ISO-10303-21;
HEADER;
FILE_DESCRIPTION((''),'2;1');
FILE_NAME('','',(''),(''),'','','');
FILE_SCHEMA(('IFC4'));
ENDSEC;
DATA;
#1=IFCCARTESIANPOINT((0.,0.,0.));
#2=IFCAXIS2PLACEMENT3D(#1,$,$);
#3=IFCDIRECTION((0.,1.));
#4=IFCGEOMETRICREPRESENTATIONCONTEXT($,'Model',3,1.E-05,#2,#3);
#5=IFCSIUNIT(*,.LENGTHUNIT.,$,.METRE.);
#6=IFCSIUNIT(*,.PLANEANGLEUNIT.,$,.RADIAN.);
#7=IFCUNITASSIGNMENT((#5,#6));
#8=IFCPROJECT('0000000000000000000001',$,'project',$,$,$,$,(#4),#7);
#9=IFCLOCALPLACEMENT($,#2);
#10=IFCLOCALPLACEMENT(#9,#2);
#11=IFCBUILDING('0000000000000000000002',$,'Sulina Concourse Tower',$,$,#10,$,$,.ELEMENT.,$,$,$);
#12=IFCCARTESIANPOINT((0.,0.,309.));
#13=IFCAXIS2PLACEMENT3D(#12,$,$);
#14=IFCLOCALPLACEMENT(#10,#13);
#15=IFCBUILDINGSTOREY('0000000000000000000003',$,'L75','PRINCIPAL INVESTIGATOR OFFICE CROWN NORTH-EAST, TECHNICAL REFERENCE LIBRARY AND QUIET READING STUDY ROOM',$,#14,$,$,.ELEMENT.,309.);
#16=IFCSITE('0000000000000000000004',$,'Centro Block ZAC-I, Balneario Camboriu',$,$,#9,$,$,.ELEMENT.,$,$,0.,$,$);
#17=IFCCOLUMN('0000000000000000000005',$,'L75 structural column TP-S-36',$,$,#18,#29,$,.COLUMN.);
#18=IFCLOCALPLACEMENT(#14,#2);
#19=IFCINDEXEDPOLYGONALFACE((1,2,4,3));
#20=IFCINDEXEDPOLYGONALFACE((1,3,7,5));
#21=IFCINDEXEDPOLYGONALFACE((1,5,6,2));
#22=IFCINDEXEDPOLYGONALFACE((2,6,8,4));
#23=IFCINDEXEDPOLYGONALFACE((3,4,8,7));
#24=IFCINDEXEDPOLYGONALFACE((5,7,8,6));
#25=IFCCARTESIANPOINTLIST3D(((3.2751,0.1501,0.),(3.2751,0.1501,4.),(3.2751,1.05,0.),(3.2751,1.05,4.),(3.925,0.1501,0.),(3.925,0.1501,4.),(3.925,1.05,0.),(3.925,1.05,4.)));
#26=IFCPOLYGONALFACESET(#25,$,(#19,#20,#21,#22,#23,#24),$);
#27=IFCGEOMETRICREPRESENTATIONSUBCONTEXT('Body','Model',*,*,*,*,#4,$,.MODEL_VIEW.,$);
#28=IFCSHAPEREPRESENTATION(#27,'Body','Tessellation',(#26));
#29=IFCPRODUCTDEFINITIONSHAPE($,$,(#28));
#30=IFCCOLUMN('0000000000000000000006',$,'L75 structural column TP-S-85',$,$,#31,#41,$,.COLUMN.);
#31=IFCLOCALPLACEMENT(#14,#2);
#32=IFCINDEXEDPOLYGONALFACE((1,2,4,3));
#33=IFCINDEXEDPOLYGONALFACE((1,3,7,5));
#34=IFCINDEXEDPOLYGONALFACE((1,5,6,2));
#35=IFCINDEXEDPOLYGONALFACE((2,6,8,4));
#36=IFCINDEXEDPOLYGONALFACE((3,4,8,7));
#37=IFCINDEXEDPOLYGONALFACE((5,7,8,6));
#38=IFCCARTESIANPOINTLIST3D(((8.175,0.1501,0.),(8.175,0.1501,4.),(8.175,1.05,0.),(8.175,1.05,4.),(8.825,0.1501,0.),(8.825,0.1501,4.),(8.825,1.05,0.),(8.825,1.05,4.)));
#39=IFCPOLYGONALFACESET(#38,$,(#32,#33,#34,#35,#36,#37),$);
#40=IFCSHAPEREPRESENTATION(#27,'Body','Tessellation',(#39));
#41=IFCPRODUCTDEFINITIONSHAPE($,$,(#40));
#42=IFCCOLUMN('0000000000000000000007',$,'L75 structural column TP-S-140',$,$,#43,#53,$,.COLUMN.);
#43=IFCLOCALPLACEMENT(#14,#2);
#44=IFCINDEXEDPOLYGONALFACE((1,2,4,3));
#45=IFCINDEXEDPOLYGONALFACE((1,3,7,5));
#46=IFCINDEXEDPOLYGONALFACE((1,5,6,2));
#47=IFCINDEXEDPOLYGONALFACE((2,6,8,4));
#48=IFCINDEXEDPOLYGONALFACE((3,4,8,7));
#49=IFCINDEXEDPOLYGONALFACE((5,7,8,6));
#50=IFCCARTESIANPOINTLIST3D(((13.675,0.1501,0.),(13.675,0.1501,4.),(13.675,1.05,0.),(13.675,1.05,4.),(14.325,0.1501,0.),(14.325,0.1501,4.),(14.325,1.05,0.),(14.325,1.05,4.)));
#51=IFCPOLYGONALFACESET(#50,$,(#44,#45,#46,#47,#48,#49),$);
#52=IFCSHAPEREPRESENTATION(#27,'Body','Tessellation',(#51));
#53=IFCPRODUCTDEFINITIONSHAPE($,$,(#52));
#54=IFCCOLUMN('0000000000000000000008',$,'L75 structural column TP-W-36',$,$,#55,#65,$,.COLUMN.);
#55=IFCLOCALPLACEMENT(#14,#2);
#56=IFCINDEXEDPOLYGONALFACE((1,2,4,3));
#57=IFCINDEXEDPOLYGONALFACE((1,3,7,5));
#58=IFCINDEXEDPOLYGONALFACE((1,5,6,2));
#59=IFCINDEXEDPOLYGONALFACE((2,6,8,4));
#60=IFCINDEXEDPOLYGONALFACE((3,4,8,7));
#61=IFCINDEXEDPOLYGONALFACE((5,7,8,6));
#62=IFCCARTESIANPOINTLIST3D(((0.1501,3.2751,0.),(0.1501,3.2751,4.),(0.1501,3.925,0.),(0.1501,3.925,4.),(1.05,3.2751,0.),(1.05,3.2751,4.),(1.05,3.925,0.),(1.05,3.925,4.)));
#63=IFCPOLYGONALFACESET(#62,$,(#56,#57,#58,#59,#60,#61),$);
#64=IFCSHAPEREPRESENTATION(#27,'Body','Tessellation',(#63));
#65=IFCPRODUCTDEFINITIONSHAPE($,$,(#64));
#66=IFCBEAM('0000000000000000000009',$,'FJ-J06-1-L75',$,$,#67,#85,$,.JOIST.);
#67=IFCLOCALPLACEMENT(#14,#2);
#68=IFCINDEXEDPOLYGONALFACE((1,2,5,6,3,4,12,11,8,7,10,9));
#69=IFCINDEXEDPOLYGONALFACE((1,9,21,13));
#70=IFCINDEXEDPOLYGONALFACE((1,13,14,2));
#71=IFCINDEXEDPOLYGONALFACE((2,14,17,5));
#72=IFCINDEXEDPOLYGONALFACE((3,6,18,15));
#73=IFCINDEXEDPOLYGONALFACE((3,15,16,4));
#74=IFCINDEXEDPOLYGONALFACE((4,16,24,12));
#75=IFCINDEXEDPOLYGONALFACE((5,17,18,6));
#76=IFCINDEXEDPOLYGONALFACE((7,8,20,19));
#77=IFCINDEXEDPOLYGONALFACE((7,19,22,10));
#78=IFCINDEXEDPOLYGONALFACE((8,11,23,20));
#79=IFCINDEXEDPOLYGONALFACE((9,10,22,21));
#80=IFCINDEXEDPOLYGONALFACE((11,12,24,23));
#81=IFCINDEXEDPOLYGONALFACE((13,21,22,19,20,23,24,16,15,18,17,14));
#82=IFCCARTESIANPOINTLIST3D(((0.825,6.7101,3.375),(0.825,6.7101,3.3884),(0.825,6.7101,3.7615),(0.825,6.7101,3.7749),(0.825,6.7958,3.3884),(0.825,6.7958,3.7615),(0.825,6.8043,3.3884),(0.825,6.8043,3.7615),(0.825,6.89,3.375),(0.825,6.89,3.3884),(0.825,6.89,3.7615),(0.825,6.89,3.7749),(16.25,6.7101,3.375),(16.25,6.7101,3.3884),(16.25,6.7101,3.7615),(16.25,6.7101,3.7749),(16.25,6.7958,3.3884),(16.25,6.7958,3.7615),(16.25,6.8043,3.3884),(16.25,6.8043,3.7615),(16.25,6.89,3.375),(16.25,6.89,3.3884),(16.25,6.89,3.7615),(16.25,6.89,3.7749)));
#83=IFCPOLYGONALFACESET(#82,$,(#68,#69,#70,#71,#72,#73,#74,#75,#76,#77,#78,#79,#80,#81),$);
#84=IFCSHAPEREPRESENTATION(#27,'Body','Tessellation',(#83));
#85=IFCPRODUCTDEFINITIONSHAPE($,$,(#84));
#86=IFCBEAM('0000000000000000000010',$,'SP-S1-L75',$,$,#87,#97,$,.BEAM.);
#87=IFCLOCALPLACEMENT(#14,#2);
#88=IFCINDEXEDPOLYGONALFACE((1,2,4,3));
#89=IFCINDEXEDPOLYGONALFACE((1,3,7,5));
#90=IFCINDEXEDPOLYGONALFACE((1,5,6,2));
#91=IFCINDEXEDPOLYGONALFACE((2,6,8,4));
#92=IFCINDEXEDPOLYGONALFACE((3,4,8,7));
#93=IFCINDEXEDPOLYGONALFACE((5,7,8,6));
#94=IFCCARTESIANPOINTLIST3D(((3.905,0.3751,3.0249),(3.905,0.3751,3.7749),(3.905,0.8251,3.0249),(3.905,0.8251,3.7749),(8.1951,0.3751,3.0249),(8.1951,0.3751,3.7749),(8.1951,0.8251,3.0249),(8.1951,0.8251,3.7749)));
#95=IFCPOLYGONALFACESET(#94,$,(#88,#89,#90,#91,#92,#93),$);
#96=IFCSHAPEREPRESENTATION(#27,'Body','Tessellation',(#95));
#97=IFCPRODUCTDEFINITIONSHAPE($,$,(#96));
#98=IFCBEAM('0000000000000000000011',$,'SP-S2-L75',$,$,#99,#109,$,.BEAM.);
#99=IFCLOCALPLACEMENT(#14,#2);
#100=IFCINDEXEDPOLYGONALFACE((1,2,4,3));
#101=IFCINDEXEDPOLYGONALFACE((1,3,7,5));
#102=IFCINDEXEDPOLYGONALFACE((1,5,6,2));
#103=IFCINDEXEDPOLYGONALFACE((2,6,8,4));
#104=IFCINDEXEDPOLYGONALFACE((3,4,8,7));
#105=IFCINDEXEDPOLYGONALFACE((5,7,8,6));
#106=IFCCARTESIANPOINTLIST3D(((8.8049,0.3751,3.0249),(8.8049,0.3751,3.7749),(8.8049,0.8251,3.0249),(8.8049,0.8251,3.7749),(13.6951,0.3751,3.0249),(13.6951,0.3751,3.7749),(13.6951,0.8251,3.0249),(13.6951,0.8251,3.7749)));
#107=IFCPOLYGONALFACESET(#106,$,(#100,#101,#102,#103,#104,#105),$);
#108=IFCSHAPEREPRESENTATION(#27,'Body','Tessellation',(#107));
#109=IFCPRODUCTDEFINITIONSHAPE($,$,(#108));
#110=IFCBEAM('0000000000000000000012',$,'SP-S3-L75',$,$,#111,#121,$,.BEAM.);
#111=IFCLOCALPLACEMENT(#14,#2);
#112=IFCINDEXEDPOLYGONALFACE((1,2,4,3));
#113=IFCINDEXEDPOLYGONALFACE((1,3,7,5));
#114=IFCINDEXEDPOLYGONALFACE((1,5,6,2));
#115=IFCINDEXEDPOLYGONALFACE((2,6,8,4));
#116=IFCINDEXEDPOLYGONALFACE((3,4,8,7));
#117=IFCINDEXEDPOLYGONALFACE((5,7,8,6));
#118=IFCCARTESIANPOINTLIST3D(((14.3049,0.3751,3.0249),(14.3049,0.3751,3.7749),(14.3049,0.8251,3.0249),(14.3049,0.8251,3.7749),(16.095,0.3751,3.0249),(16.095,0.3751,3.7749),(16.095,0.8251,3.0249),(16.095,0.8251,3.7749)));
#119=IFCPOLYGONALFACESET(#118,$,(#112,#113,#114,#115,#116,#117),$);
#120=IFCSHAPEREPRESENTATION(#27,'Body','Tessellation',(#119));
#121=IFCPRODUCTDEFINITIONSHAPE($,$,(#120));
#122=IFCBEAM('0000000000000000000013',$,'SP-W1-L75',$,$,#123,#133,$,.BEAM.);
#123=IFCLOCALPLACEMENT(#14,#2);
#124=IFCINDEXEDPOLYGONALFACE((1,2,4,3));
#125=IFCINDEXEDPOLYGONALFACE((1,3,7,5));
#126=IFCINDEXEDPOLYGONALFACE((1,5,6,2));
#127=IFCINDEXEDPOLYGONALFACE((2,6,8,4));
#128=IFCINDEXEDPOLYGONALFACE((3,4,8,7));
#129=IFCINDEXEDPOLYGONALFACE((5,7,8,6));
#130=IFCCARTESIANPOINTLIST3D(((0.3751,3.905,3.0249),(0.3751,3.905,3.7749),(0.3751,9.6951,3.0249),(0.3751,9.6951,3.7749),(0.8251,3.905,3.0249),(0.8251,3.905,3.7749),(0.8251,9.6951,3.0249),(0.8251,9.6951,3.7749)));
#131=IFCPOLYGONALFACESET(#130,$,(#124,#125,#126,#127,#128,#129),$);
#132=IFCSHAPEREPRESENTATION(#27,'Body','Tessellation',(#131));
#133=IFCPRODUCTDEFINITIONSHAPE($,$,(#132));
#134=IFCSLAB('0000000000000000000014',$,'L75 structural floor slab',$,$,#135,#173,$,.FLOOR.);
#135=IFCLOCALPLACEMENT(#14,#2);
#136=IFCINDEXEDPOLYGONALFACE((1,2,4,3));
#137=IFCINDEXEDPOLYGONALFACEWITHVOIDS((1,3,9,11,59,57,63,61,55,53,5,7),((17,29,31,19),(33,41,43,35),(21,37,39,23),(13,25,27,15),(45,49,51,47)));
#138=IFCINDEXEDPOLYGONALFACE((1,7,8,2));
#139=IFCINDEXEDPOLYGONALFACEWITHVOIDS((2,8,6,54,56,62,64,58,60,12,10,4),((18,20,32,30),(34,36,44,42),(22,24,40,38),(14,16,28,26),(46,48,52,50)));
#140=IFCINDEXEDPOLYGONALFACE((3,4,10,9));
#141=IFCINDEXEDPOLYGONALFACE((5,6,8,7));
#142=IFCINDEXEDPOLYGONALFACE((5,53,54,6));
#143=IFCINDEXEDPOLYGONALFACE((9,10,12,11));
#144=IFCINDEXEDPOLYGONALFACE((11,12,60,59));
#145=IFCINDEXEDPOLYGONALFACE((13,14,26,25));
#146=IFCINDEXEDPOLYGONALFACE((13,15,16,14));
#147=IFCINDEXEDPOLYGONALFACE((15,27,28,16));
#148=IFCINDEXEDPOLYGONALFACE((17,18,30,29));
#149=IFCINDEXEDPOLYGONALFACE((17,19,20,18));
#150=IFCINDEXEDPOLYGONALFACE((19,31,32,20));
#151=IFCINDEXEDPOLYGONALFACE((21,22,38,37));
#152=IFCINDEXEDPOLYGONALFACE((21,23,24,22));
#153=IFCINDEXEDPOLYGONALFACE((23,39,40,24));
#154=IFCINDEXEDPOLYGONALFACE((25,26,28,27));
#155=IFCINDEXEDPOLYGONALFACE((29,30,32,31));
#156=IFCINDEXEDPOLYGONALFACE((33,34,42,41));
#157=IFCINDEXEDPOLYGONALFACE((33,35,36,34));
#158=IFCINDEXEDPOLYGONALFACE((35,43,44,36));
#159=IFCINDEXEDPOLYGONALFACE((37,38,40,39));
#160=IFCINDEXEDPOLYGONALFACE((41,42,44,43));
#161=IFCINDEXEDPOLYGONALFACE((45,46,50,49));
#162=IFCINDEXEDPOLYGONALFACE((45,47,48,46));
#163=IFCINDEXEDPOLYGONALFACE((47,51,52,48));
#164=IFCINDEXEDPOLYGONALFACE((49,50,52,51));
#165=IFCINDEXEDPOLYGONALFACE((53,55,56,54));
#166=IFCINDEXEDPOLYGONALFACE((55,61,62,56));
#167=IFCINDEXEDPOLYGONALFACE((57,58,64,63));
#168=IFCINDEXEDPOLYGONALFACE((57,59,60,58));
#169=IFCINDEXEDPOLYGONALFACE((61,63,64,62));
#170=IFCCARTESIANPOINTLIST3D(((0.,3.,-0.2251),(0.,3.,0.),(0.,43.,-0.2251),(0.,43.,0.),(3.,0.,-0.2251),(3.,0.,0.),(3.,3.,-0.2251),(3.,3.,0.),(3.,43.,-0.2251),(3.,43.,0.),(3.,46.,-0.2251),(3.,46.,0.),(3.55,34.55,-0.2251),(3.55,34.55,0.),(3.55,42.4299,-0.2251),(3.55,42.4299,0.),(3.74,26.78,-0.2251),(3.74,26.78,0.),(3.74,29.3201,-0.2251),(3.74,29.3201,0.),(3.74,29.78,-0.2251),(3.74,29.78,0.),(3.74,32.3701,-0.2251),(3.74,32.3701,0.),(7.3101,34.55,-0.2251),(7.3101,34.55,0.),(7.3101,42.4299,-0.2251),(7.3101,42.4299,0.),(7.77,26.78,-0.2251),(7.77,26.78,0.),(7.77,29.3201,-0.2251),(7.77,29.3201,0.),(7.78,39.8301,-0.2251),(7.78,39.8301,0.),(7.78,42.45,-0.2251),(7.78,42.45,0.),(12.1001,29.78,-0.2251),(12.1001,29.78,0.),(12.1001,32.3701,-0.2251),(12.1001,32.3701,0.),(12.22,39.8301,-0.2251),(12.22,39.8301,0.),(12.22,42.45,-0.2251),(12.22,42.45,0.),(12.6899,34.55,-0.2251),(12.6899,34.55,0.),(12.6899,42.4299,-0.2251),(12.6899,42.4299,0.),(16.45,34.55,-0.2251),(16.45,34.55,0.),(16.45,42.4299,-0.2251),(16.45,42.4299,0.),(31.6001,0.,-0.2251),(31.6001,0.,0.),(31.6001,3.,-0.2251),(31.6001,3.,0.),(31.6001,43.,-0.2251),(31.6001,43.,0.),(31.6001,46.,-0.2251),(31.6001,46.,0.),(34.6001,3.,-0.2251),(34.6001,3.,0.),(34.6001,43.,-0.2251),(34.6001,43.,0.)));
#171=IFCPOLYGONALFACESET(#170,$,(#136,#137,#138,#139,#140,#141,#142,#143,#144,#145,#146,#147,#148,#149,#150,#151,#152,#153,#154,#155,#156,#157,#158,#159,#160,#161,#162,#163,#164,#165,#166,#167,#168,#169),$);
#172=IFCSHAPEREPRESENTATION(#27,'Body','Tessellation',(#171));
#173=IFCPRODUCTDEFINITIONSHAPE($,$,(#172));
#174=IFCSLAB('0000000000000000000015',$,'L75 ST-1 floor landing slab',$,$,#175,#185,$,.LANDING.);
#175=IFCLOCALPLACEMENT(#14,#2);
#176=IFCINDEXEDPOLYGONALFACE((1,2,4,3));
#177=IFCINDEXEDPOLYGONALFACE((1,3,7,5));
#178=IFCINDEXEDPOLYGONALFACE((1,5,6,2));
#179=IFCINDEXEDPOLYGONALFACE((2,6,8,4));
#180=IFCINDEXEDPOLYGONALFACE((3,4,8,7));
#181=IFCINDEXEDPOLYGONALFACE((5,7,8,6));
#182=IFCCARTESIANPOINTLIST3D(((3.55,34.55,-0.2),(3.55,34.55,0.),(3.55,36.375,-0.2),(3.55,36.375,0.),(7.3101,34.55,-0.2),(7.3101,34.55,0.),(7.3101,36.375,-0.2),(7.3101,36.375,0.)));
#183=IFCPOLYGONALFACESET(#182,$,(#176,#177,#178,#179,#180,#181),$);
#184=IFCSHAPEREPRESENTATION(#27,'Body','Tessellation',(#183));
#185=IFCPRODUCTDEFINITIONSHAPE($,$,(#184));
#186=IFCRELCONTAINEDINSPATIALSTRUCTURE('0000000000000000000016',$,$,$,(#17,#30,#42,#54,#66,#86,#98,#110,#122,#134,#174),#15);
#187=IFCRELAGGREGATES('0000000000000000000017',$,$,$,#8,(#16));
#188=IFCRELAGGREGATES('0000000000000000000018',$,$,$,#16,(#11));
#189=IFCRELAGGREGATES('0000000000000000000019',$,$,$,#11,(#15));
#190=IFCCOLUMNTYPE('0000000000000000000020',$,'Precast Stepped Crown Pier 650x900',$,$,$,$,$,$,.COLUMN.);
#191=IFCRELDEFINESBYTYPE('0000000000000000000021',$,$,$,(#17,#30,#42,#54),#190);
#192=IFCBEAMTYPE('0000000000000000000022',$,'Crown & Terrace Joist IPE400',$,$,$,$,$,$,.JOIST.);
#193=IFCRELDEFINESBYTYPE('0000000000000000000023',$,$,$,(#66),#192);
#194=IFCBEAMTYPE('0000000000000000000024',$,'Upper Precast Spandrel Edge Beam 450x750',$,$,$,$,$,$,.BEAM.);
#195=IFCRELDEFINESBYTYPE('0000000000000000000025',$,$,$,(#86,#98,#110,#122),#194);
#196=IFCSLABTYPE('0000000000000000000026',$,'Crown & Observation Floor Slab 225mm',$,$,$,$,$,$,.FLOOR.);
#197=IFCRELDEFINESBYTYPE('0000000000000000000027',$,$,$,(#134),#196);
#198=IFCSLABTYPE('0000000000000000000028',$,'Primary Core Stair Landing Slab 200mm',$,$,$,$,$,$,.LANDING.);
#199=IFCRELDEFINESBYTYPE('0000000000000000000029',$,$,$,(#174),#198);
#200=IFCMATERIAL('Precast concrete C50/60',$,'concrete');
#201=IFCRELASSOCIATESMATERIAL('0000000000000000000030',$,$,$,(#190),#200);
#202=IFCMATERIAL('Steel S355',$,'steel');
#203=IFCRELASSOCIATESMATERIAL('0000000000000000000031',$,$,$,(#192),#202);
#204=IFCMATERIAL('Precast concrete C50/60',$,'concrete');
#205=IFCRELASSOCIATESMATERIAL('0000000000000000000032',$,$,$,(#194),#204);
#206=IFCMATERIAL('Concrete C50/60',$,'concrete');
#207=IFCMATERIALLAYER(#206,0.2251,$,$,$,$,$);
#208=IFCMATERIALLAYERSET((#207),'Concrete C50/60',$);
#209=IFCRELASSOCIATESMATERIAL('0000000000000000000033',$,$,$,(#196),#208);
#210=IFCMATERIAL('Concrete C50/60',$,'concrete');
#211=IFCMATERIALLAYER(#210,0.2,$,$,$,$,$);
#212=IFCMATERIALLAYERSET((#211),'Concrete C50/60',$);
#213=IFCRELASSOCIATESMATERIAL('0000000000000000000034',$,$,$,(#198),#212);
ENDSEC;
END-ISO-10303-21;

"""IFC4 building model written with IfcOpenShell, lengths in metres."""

from ifc_helpers import new_model, si_unit, direction, frame, origin, origin_2d, place, context, subcontext, project, spatial, polyline, rectangle, i_section, outline, extrude, material, layer, layer_set, material_profile, profile_set, type_object, element, save


model = new_model("IFC4")

# Units and contexts
model_context = context("Model", 3, precision=1e-05, world=origin(), true_north=direction((0.0, 1.0)))
body_context = subcontext(model_context, "Body", "Model", "MODEL_VIEW")
ifc_project = project(units=[si_unit("LENGTHUNIT", "METRE"), si_unit("PLANEANGLEUNIT", "RADIAN")], contexts=[model_context])

# Site, building, storey
site_placement = place(None, origin())
site = spatial("IfcSite", under=ifc_project, at=site_placement, Name="Centro Block ZAC-I, Balneario Camboriu", CompositionType="ELEMENT", RefElevation=0.0)
building_placement = place(site_placement, origin())
building = spatial("IfcBuilding", under=site, at=building_placement, Name="Sulina Concourse Tower", CompositionType="ELEMENT")
storey_placement = place(building_placement, frame((0.0, 0.0, 309.0)))
storey = spatial("IfcBuildingStorey", under=building, at=storey_placement, Name="L75", Description="PRINCIPAL INVESTIGATOR OFFICE CROWN NORTH-EAST, TECHNICAL REFERENCE LIBRARY AND QUIET READING STUDY ROOM", CompositionType="ELEMENT", Elevation=309.0)

# Columns
ifc_material_1 = material(Name="Precast concrete C50/60", Category="concrete")
ifc_material_profile_1 = material_profile(ifc_material_1, rectangle(XDim=0.6499, YDim=0.8999, at=origin_2d()), Name="PC 650x900")
ifc_profile_set_1 = profile_set([ifc_material_profile_1], Name="Precast concrete C50/60")
column_type = type_object("IfcColumnType", Name="Precast Stepped Crown Pier 650x900", PredefinedType="COLUMN", material=ifc_profile_set_1)
for number, where, z_axis, x_axis, name in (
    (1, (3.6001, 0.6001, 0.0), (0.0, 0.0, 1.0), (1.0, 0.0, 0.0), "L75 structural column TP-S-36"),
    (2, (8.5, 0.6001, 0.0), (0.0, 0.0, 1.0), (1.0, 0.0, 0.0), "L75 structural column TP-S-85"),
    (3, (14.0, 0.6001, 0.0), (0.0, 0.0, 1.0), (1.0, 0.0, 0.0), "L75 structural column TP-S-140"),
    (4, (0.6001, 3.6001, 0.0), (0.0, 0.0, 1.0), (0.0, 1.0, 0.0), "L75 structural column TP-W-36"),
):
    element("IfcColumn", number, at=place(storey_placement, frame(where, z_axis=z_axis, x_axis=x_axis)), inside=storey, type_object=column_type, Name=name, PredefinedType="COLUMN", context=body_context, shape_type="SweptSolid", body=[
        extrude(rectangle(XDim=0.6499, YDim=0.8999, at=origin_2d()), origin(), (0.0, 0.0, 1.0), 4.0),
    ])

# Beams
ifc_material_2 = material(Name="Steel S355", Category="steel")
ifc_material_profile_2 = material_profile(ifc_material_2, i_section(OverallWidth=0.1799, OverallDepth=0.3999, WebThickness=0.0085, FlangeThickness=0.0134, at=origin_2d()), Name="IPE 400")
ifc_profile_set_2 = profile_set([ifc_material_profile_2], Name="Steel S355")
beam_type_1 = type_object("IfcBeamType", Name="Crown & Terrace Joist IPE400", PredefinedType="JOIST", material=ifc_profile_set_2)
beam_1_placement = place(storey_placement, frame((0.825, 6.8, 3.575), z_axis=(1.0, 0.0, 0.0), x_axis=(0.0, 1.0, 0.0)))
element("IfcBeam", 5, at=beam_1_placement, inside=storey, type_object=beam_type_1, Name="FJ-J06-1-L75", PredefinedType="JOIST", context=body_context, shape_type="SweptSolid", body=[
    extrude(i_section(OverallWidth=0.1799, OverallDepth=0.3999, WebThickness=0.0085, FlangeThickness=0.0134, at=origin_2d()), origin(), (0.0, 0.0, 1.0), 15.425),
])
ifc_material_3 = material(Name="Precast concrete C50/60", Category="concrete")
ifc_material_profile_3 = material_profile(ifc_material_3, rectangle(XDim=0.45, YDim=0.75, at=origin_2d()), Name="RC 450x750")
ifc_profile_set_3 = profile_set([ifc_material_profile_3], Name="Precast concrete C50/60")
beam_type_2 = type_object("IfcBeamType", Name="Upper Precast Spandrel Edge Beam 450x750", PredefinedType="BEAM", material=ifc_profile_set_3)
beam_2_placement = place(storey_placement, frame((3.905, 0.6001, 3.3999), z_axis=(1.0, 0.0, 0.0), x_axis=(0.0, 1.0, 0.0)))
element("IfcBeam", 6, at=beam_2_placement, inside=storey, type_object=beam_type_2, Name="SP-S1-L75", PredefinedType="BEAM", context=body_context, shape_type="SweptSolid", body=[
    extrude(rectangle(XDim=0.45, YDim=0.75, at=origin_2d()), origin(), (0.0, 0.0, 1.0), 4.29),
])
beam_3_placement = place(storey_placement, frame((8.8049, 0.6001, 3.3999), z_axis=(1.0, 0.0, 0.0), x_axis=(0.0, 1.0, 0.0)))
element("IfcBeam", 7, at=beam_3_placement, inside=storey, type_object=beam_type_2, Name="SP-S2-L75", PredefinedType="BEAM", context=body_context, shape_type="SweptSolid", body=[
    extrude(rectangle(XDim=0.45, YDim=0.75, at=origin_2d()), origin(), (0.0, 0.0, 1.0), 4.8901),
])
beam_4_placement = place(storey_placement, frame((14.3049, 0.6001, 3.3999), z_axis=(1.0, 0.0, 0.0), x_axis=(0.0, 1.0, 0.0)))
element("IfcBeam", 8, at=beam_4_placement, inside=storey, type_object=beam_type_2, Name="SP-S3-L75", PredefinedType="BEAM", context=body_context, shape_type="SweptSolid", body=[
    extrude(rectangle(XDim=0.45, YDim=0.75, at=origin_2d()), origin(), (0.0, 0.0, 1.0), 1.79),
])
beam_5_placement = place(storey_placement, frame((0.6001, 3.905, 3.3999), z_axis=(0.0, 1.0, 0.0), x_axis=(-1.0, 0.0, 0.0)))
element("IfcBeam", 9, at=beam_5_placement, inside=storey, type_object=beam_type_2, Name="SP-W1-L75", PredefinedType="BEAM", context=body_context, shape_type="SweptSolid", body=[
    extrude(rectangle(XDim=0.45, YDim=0.75, at=origin_2d()), origin(), (0.0, 0.0, 1.0), 5.79),
])

# Slabs
ifc_material_4 = material(Name="Concrete C50/60", Category="concrete")
ifc_layer_1 = layer(ifc_material_4, 0.2251)
ifc_layer_set_1 = layer_set([ifc_layer_1], Name="Concrete C50/60")
slab_type_1 = type_object("IfcSlabType", Name="Crown & Observation Floor Slab 225mm", PredefinedType="FLOOR", material=ifc_layer_set_1)
slab_1_placement = place(storey_placement, frame((0.0, 0.0, -0.2251)))
element("IfcSlab", 10, at=slab_1_placement, inside=storey, type_object=slab_type_1, Name="L75 structural floor slab", PredefinedType="FLOOR", context=body_context, shape_type="SweptSolid", body=[
    extrude(outline(polyline([(3.0, 0.0), (31.6001, 0.0), (31.6001, 3.0), (34.6001, 3.0), (34.6001, 43.0), (31.6001, 43.0), (31.6001, 46.0), (3.0, 46.0), (3.0, 43.0), (0.0, 43.0), (0.0, 3.0), (3.0, 3.0), (3.0, 0.0)]), holes=[polyline([(7.3101, 34.55), (7.3101, 42.4299), (3.55, 42.4299), (3.55, 34.55), (7.3101, 34.55)]), polyline([(16.45, 34.55), (16.45, 42.4299), (12.6899, 42.4299), (12.6899, 34.55), (16.45, 34.55)]), polyline([(7.78, 39.8301), (12.22, 39.8301), (12.22, 42.45), (7.78, 42.45), (7.78, 39.8301)]), polyline([(3.74, 26.78), (7.77, 26.78), (7.77, 29.3201), (3.74, 29.3201), (3.74, 26.78)]), polyline([(3.74, 29.78), (12.1001, 29.78), (12.1001, 32.3701), (3.74, 32.3701), (3.74, 29.78)])]), origin(), (0.0, 0.0, 1.0), 0.2251),
])
ifc_material_5 = material(Name="Concrete C50/60", Category="concrete")
ifc_layer_2 = layer(ifc_material_5, 0.2)
ifc_layer_set_2 = layer_set([ifc_layer_2], Name="Concrete C50/60")
slab_type_2 = type_object("IfcSlabType", Name="Primary Core Stair Landing Slab 200mm", PredefinedType="LANDING", material=ifc_layer_set_2)
slab_2_placement = place(storey_placement, frame((0.0, 0.0, -0.2)))
element("IfcSlab", 11, at=slab_2_placement, inside=storey, type_object=slab_type_2, Name="L75 ST-1 floor landing slab", PredefinedType="LANDING", context=body_context, shape_type="SweptSolid", body=[
    extrude(outline(polyline([(7.3101, 34.55), (7.3101, 36.375), (3.55, 36.375), (3.55, 34.55), (7.3101, 34.55)])), origin(), (0.0, 0.0, 1.0), 0.2),
])

save(model, "model.ifc")
